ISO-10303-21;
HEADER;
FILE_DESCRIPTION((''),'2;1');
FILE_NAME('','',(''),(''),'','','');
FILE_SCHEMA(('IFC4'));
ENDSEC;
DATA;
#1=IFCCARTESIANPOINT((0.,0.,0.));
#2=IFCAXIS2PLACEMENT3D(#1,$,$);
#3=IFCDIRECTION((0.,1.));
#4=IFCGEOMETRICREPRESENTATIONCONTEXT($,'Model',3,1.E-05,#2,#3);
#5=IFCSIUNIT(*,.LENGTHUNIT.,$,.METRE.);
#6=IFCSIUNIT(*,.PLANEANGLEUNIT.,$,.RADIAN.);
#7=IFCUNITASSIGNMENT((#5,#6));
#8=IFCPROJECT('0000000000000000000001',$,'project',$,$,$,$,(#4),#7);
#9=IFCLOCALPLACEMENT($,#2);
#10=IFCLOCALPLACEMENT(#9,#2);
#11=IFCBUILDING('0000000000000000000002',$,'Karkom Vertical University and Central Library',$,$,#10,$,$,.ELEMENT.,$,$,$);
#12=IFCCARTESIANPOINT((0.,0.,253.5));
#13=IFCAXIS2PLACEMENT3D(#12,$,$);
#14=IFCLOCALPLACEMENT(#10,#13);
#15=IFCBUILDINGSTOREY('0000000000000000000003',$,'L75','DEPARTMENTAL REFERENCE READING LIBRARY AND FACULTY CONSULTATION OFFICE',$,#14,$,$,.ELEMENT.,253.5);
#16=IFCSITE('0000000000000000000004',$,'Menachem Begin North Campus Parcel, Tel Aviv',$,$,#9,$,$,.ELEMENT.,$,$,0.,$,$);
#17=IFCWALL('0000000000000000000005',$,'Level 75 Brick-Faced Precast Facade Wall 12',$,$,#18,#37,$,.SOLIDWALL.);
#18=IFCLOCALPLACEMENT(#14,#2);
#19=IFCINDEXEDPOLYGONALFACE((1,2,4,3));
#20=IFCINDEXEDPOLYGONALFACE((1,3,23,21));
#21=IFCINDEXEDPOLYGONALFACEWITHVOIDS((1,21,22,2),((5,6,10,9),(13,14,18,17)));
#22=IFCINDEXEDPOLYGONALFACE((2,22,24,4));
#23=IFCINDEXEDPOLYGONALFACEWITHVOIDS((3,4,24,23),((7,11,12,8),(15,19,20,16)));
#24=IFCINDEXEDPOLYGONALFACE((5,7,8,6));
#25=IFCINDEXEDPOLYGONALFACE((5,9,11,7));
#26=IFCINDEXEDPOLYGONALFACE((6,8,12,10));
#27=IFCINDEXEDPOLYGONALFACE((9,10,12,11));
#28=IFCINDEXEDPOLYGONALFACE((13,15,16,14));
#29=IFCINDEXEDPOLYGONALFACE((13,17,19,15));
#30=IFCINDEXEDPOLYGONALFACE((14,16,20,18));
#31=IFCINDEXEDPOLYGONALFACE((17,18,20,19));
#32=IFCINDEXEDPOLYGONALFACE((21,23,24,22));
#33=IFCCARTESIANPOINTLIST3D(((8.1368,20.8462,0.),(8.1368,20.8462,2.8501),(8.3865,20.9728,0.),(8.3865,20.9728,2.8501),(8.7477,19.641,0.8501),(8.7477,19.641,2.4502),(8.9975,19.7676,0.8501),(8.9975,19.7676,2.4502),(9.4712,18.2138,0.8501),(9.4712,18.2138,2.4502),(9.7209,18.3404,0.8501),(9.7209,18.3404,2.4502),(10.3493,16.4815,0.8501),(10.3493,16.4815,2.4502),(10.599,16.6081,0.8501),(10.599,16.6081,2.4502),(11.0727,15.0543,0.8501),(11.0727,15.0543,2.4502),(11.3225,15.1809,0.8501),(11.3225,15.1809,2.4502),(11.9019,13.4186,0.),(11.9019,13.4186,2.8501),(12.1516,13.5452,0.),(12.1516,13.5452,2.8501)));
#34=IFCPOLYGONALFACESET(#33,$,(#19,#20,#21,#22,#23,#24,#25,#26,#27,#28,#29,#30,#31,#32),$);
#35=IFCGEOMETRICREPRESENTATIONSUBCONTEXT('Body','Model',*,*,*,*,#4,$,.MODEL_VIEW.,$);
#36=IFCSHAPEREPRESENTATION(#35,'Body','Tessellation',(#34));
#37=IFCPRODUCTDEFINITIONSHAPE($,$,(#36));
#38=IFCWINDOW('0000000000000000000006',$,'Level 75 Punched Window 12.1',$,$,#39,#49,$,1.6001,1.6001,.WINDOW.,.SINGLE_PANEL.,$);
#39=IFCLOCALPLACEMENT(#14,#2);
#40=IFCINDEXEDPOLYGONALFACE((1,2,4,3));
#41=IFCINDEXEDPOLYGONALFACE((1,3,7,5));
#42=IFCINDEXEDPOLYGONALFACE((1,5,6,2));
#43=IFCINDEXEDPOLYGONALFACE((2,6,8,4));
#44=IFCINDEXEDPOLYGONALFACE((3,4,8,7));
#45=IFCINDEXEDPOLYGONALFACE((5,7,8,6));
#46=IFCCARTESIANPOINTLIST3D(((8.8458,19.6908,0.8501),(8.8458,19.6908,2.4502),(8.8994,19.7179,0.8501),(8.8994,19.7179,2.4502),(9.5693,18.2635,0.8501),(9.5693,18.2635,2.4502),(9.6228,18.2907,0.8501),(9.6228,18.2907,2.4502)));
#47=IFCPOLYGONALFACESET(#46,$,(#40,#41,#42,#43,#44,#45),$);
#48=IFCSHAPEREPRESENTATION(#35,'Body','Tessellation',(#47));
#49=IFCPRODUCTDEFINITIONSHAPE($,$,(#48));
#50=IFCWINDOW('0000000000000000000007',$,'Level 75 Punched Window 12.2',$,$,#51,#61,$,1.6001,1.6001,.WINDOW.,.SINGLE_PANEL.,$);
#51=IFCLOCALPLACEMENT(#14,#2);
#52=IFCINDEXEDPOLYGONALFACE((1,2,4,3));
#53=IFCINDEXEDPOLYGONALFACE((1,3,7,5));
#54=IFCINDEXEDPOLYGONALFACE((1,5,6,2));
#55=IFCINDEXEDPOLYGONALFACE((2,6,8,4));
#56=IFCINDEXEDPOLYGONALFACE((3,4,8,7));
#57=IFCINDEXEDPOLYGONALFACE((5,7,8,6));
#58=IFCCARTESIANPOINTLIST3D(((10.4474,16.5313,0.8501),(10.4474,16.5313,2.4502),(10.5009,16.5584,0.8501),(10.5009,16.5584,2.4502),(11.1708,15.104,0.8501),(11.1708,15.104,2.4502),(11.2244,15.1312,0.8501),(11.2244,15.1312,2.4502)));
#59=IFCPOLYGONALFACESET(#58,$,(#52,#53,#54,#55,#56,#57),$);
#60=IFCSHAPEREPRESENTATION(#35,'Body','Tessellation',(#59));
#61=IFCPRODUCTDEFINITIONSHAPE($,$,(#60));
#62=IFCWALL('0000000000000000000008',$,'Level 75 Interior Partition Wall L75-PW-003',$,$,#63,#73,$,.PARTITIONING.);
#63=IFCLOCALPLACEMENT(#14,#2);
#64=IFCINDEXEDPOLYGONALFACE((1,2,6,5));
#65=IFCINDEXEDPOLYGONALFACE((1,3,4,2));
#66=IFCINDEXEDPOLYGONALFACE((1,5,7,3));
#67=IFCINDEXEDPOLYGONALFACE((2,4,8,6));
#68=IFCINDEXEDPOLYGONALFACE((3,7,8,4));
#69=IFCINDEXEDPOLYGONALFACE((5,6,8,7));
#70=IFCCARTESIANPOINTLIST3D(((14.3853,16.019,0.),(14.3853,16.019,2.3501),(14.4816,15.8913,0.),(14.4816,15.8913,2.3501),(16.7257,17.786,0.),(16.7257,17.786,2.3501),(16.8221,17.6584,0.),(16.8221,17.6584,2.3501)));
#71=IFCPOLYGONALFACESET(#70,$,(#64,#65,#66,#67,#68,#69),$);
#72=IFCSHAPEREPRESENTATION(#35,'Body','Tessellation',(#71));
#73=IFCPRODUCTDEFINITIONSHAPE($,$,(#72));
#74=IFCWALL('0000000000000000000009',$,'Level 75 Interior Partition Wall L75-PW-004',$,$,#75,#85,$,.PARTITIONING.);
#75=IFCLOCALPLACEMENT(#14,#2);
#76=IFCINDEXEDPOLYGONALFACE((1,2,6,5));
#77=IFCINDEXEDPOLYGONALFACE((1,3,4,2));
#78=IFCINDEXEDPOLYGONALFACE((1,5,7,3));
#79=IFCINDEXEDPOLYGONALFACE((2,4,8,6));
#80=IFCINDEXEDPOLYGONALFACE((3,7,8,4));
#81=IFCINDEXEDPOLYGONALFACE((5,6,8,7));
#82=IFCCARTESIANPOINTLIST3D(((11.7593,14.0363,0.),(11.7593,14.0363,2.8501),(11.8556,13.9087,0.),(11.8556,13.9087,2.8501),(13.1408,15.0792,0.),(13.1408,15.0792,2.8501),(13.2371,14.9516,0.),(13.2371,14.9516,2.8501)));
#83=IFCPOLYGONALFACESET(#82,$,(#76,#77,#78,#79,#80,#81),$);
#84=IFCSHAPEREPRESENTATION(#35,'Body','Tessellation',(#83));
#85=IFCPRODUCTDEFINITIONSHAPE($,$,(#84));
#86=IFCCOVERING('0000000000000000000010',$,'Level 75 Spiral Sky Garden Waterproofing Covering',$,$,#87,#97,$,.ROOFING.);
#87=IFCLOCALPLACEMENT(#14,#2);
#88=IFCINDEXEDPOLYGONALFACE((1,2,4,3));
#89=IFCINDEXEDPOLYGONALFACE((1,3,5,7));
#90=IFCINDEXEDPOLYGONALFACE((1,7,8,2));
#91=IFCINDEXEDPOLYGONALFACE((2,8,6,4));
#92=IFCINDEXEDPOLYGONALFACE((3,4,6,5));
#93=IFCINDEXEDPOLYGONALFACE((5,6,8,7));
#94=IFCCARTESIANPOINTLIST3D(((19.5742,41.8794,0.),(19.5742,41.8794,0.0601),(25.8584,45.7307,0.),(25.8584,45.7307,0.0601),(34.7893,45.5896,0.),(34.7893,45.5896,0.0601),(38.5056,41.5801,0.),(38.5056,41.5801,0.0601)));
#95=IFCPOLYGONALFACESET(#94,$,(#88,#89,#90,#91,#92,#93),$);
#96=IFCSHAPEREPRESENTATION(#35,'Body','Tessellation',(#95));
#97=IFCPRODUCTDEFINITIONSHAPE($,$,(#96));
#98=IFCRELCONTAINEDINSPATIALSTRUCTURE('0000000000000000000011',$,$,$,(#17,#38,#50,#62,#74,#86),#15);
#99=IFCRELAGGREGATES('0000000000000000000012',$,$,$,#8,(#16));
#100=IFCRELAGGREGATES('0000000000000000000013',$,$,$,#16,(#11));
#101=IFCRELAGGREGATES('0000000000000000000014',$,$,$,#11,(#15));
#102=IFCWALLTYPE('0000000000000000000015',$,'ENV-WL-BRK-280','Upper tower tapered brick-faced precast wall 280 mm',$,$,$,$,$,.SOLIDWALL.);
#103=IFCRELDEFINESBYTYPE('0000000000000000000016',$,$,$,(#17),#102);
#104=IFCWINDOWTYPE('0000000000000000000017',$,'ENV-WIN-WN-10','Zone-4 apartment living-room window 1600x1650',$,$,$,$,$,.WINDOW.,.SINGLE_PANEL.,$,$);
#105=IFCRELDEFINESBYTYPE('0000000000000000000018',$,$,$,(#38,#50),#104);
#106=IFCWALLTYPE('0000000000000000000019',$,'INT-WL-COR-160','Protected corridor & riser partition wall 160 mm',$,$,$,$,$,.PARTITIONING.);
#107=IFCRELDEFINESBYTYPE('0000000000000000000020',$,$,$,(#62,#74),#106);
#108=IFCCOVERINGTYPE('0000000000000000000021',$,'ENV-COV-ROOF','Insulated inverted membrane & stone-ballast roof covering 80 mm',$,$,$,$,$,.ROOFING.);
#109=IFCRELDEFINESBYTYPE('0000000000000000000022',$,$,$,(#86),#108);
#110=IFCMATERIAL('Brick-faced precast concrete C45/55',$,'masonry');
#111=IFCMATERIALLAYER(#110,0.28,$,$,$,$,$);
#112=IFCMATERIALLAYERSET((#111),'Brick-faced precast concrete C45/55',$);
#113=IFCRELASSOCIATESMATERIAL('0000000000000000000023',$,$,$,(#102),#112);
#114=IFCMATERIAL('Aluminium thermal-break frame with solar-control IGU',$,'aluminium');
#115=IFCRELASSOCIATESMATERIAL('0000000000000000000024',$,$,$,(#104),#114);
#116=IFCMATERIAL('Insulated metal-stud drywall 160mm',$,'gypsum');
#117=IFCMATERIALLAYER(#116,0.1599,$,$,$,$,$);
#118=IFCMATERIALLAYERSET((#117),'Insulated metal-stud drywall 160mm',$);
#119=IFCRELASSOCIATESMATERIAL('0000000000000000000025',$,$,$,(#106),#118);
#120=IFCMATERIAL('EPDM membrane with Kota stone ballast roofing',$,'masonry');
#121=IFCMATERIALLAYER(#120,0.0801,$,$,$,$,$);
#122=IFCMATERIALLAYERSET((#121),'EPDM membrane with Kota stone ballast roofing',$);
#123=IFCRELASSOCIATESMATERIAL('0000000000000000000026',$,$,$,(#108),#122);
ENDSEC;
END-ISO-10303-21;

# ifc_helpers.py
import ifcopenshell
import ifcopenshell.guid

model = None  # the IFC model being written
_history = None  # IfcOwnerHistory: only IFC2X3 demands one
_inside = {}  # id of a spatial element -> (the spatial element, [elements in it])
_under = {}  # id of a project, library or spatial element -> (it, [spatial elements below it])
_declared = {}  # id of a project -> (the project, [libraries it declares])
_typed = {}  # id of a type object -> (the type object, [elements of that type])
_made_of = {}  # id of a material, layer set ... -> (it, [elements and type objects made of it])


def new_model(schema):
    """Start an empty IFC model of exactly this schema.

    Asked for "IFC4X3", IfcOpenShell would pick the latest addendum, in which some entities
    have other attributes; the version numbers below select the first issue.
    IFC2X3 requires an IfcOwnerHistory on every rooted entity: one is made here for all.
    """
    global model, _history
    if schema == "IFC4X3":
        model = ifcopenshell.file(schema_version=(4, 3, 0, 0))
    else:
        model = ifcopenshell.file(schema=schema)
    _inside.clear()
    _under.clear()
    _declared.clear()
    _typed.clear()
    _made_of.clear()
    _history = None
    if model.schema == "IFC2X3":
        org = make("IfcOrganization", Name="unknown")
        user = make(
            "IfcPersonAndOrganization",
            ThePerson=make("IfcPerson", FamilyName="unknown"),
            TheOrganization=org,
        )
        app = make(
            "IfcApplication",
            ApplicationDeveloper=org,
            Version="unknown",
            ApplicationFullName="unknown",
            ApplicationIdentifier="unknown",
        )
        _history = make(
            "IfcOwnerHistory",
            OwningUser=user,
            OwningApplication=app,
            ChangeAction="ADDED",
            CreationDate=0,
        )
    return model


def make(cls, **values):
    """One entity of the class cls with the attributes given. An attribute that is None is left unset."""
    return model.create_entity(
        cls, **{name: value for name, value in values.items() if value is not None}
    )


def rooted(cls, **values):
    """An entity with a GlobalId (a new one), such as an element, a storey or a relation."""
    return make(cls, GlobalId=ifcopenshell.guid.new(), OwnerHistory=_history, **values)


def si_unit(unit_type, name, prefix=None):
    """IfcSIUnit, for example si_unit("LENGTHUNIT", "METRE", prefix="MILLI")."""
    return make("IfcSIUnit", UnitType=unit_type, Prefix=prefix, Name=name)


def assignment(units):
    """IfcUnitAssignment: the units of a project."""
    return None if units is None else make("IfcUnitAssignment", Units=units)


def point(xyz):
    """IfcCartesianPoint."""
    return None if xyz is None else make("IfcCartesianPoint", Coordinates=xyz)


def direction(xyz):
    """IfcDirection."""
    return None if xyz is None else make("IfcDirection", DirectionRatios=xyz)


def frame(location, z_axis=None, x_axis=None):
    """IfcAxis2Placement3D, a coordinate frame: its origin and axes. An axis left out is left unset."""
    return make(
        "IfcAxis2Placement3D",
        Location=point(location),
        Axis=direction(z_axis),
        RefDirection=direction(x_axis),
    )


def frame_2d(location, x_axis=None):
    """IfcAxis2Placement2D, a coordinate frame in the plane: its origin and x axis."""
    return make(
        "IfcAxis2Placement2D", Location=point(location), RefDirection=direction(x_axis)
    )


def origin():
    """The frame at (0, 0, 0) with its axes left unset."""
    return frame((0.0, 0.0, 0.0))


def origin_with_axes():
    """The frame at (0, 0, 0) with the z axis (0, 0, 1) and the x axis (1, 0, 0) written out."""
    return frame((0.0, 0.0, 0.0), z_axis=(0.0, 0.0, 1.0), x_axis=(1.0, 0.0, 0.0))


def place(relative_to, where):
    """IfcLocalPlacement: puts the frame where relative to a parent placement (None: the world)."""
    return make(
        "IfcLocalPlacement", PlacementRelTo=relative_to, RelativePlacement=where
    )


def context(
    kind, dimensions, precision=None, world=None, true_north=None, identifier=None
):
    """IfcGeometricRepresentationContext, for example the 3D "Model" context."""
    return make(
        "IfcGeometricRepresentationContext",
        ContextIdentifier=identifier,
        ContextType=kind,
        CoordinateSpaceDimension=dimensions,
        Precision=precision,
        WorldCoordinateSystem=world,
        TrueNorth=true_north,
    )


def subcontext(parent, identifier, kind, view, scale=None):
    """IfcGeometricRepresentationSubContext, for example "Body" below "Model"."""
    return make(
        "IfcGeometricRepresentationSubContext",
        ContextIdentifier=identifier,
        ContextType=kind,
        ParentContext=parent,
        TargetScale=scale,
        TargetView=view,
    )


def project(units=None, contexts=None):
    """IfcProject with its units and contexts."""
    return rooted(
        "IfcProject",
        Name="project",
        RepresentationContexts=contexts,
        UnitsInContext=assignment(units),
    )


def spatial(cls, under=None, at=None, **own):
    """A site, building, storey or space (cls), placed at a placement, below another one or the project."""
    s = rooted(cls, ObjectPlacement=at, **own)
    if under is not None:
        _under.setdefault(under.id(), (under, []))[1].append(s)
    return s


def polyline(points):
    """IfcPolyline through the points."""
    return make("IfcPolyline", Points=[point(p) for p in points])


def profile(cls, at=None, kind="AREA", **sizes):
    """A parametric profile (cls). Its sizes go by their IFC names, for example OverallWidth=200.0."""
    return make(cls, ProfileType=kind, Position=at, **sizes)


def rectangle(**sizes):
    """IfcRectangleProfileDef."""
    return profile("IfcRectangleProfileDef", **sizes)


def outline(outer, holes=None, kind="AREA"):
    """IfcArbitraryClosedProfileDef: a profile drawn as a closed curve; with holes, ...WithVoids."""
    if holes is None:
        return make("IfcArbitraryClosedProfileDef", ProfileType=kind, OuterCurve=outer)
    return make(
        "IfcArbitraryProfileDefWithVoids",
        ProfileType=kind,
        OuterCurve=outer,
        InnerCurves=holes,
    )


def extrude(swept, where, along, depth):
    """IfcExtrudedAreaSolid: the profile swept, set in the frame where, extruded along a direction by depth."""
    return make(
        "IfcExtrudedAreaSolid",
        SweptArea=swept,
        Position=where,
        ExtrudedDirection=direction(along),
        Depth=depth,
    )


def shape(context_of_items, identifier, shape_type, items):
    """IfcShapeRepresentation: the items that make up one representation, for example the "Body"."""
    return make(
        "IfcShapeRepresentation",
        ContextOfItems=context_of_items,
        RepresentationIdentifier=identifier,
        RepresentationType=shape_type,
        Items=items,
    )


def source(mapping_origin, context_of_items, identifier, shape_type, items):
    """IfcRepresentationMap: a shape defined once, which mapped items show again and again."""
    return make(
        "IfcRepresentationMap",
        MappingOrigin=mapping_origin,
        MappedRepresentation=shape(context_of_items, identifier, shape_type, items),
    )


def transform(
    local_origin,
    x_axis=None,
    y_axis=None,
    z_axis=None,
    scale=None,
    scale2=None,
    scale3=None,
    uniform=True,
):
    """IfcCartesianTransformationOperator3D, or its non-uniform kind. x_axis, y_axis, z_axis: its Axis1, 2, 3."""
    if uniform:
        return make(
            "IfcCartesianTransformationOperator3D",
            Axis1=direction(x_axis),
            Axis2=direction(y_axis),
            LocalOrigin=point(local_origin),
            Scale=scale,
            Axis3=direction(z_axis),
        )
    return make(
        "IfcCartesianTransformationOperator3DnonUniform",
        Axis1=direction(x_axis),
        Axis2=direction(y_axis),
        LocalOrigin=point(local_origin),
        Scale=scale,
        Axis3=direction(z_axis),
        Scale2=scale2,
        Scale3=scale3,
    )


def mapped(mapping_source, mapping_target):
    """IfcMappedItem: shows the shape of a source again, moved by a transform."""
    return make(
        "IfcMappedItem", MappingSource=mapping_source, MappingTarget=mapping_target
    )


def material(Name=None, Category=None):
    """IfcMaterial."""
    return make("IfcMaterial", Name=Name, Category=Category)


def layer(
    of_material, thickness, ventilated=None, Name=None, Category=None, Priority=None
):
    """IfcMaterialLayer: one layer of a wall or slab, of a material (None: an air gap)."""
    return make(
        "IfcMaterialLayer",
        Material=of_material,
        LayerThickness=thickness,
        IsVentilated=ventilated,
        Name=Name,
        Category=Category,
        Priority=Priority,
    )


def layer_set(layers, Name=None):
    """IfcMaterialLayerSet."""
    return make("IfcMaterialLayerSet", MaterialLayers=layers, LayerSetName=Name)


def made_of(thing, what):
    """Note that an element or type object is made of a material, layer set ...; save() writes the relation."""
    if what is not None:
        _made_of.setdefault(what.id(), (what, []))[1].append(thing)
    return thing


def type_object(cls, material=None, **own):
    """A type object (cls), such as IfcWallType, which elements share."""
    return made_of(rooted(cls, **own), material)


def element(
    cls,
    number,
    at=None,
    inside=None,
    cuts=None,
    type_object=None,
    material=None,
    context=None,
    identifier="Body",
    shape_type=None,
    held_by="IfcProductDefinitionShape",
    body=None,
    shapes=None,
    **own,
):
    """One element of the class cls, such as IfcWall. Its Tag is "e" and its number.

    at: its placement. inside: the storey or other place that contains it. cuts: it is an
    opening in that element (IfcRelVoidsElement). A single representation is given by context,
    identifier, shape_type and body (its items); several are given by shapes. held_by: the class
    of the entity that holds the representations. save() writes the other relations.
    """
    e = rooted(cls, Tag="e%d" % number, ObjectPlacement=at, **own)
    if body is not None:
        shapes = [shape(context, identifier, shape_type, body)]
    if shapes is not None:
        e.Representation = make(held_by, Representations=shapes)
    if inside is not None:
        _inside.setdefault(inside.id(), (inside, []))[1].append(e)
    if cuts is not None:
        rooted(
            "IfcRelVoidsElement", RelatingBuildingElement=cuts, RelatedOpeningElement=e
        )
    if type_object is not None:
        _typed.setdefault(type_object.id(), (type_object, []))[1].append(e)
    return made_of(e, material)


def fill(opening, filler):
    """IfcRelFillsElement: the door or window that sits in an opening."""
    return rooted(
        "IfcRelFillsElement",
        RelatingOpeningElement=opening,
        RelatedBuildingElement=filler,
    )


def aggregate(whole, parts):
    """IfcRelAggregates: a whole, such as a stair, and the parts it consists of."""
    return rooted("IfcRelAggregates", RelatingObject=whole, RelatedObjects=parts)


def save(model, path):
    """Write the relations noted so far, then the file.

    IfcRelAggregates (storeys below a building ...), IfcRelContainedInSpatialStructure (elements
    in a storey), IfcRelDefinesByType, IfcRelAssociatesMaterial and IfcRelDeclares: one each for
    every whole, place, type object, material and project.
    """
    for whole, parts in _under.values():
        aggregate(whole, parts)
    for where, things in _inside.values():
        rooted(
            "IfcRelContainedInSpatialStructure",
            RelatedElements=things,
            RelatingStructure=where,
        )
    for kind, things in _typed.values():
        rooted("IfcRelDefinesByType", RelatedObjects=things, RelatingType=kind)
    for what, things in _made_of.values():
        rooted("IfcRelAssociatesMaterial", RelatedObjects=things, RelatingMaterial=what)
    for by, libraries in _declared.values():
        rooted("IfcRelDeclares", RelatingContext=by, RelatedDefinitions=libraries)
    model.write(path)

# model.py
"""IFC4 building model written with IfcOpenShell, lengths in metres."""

from ifc_helpers import new_model, si_unit, direction, frame, frame_2d, origin, origin_with_axes, place, context, subcontext, project, spatial, polyline, rectangle, outline, extrude, source, transform, mapped, material, layer, layer_set, type_object, element, fill, save


model = new_model("IFC4")

# Units and contexts
model_context = context("Model", 3, precision=1e-05, world=origin(), true_north=direction((0.0, 1.0)))
body_context = subcontext(model_context, "Body", "Model", "MODEL_VIEW")
ifc_project = project(units=[si_unit("LENGTHUNIT", "METRE"), si_unit("PLANEANGLEUNIT", "RADIAN")], contexts=[model_context])

# Site, building, storey
site_placement = place(None, origin())
site = spatial("IfcSite", under=ifc_project, at=site_placement, Name="Menachem Begin North Campus Parcel, Tel Aviv", CompositionType="ELEMENT", RefElevation=0.0)
building_placement = place(site_placement, origin())
building = spatial("IfcBuilding", under=site, at=building_placement, Name="Karkom Vertical University and Central Library", CompositionType="ELEMENT")
storey_placement = place(building_placement, frame((0.0, 0.0, 253.5)))
storey = spatial("IfcBuildingStorey", under=building, at=storey_placement, Name="L75", Description="DEPARTMENTAL REFERENCE READING LIBRARY AND FACULTY CONSULTATION OFFICE", CompositionType="ELEMENT", Elevation=253.5)

# Wall, openings, windows
ifc_material_1 = material(Name="Brick-faced precast concrete C45/55", Category="masonry")
ifc_layer_1 = layer(ifc_material_1, 0.28)
ifc_layer_set_1 = layer_set([ifc_layer_1], Name="Brick-faced precast concrete C45/55")
wall_type_1 = type_object("IfcWallType", Name="ENV-WL-BRK-280", Description="Upper tower tapered brick-faced precast wall 280 mm", PredefinedType="SOLIDWALL", material=ifc_layer_set_1)
ifc_material_2 = material(Name="Aluminium thermal-break frame with solar-control IGU", Category="aluminium")
window_type_1 = type_object("IfcWindowType", Name="ENV-WIN-WN-10", Description="Zone-4 apartment living-room window 1600x1650", PartitioningType="SINGLE_PANEL", PredefinedType="WINDOW", material=ifc_material_2)
shared_shape_1 = source(origin_with_axes(), body_context, "Body", "SweptSolid", [
    extrude(rectangle(XDim=1.6001, YDim=1.6001, at=frame_2d((0.8, 0.8))), frame((0.0, 0.03, 0.0), z_axis=(0.0, -1.0, 0.0), x_axis=(1.0, 0.0, 0.0)), (0.0, 0.0, 1.0), 0.0601),
])
wall_1_placement = place(storey_placement, frame((8.2617, 20.9094, 0.0), z_axis=(0.0, 0.0, 1.0), x_axis=(0.452132, -0.891951, 0.0)))
wall_1 = element("IfcWall", 1, at=wall_1_placement, inside=storey, type_object=wall_type_1, Name="Level 75 Brick-Faced Precast Facade Wall 12", PredefinedType="SOLIDWALL", context=body_context, shape_type="SweptSolid", body=[
    extrude(rectangle(XDim=8.3274, YDim=0.28, at=frame_2d((4.1636, 0.0))), origin(), (0.0, 0.0, 1.0), 2.8501),
])
opening_1_placement = place(wall_1_placement, frame((1.3511, 0.0, 0.8501)))
opening_1 = element("IfcOpeningElement", 2, at=opening_1_placement, cuts=wall_1, PredefinedType="OPENING", context=body_context, shape_type="SweptSolid", body=[
    extrude(rectangle(XDim=1.6001, YDim=1.6001, at=frame_2d((0.8, 0.8))), frame((0.0, 0.1499, 0.0), z_axis=(0.0, -1.0, 0.0), x_axis=(1.0, 0.0, 0.0)), (0.0, 0.0, 1.0), 0.3),
])
opening_2_placement = place(wall_1_placement, frame((4.8933, 0.0, 0.8501)))
opening_2 = element("IfcOpeningElement", 3, at=opening_2_placement, cuts=wall_1, PredefinedType="OPENING", context=body_context, shape_type="SweptSolid", body=[
    extrude(rectangle(XDim=1.6001, YDim=1.6001, at=frame_2d((0.8, 0.8))), frame((0.0, 0.1499, 0.0), z_axis=(0.0, -1.0, 0.0), x_axis=(1.0, 0.0, 0.0)), (0.0, 0.0, 1.0), 0.3),
])
window_1_placement = place(opening_1_placement, origin())
window_1 = element("IfcWindow", 4, at=window_1_placement, inside=storey, type_object=window_type_1, Name="Level 75 Punched Window 12.1", OverallHeight=1.6001, OverallWidth=1.6001, PartitioningType="SINGLE_PANEL", PredefinedType="WINDOW", context=body_context, shape_type="MappedRepresentation", body=[
    mapped(shared_shape_1, transform((0.0, 0.0, 0.0), scale=1.0)),
])
fill(opening_1, window_1)
window_2_placement = place(opening_2_placement, origin())
window_2 = element("IfcWindow", 5, at=window_2_placement, inside=storey, type_object=window_type_1, Name="Level 75 Punched Window 12.2", OverallHeight=1.6001, OverallWidth=1.6001, PartitioningType="SINGLE_PANEL", PredefinedType="WINDOW", context=body_context, shape_type="MappedRepresentation", body=[
    mapped(shared_shape_1, transform((0.0, 0.0, 0.0), scale=1.0)),
])
fill(opening_2, window_2)

# Shared definitions
ifc_material_3 = material(Name="Insulated metal-stud drywall 160mm", Category="gypsum")
ifc_layer_2 = layer(ifc_material_3, 0.1599)
ifc_layer_set_2 = layer_set([ifc_layer_2], Name="Insulated metal-stud drywall 160mm")
wall_type_2 = type_object("IfcWallType", Name="INT-WL-COR-160", Description="Protected corridor & riser partition wall 160 mm", PredefinedType="PARTITIONING", material=ifc_layer_set_2)

# Walls
wall_2_placement = place(storey_placement, frame((16.7739, 17.7222, 0.0), z_axis=(0.0, 0.0, 1.0), x_axis=(-0.798088, -0.602541, 0.0)))
element("IfcWall", 6, at=wall_2_placement, inside=storey, type_object=wall_type_2, Name="Level 75 Interior Partition Wall L75-PW-003", PredefinedType="PARTITIONING", context=body_context, shape_type="SweptSolid", body=[
    extrude(rectangle(XDim=2.9326, YDim=0.1599, at=frame_2d((1.4663, 0.0))), origin(), (0.0, 0.0, 1.0), 2.3501),
])
wall_3_placement = place(storey_placement, frame((13.189, 15.0154, 0.0), z_axis=(0.0, 0.0, 1.0), x_axis=(-0.798117, -0.602502, 0.0)))
element("IfcWall", 7, at=wall_3_placement, inside=storey, type_object=wall_type_2, Name="Level 75 Interior Partition Wall L75-PW-004", PredefinedType="PARTITIONING", context=body_context, shape_type="SweptSolid", body=[
    extrude(rectangle(XDim=1.731, YDim=0.1599, at=frame_2d((0.8655, 0.0))), origin(), (0.0, 0.0, 1.0), 2.8501),
])

# Covering
ifc_material_4 = material(Name="EPDM membrane with Kota stone ballast roofing", Category="masonry")
ifc_layer_3 = layer(ifc_material_4, 0.0801)
ifc_layer_set_3 = layer_set([ifc_layer_3], Name="EPDM membrane with Kota stone ballast roofing")
covering_type = type_object("IfcCoveringType", Name="ENV-COV-ROOF", Description="Insulated inverted membrane & stone-ballast roof covering 80 mm", PredefinedType="ROOFING", material=ifc_layer_set_3)
covering_placement = place(storey_placement, origin())
element("IfcCovering", 8, at=covering_placement, inside=storey, type_object=covering_type, Name="Level 75 Spiral Sky Garden Waterproofing Covering", PredefinedType="ROOFING", context=body_context, shape_type="SweptSolid", body=[
    extrude(outline(polyline([(38.5056, 41.5801), (34.7893, 45.5896), (25.8584, 45.7307), (19.5742, 41.8794), (38.5056, 41.5801)])), origin(), (0.0, 0.0, 1.0), 0.0601),
])

save(model, "model.ifc")
